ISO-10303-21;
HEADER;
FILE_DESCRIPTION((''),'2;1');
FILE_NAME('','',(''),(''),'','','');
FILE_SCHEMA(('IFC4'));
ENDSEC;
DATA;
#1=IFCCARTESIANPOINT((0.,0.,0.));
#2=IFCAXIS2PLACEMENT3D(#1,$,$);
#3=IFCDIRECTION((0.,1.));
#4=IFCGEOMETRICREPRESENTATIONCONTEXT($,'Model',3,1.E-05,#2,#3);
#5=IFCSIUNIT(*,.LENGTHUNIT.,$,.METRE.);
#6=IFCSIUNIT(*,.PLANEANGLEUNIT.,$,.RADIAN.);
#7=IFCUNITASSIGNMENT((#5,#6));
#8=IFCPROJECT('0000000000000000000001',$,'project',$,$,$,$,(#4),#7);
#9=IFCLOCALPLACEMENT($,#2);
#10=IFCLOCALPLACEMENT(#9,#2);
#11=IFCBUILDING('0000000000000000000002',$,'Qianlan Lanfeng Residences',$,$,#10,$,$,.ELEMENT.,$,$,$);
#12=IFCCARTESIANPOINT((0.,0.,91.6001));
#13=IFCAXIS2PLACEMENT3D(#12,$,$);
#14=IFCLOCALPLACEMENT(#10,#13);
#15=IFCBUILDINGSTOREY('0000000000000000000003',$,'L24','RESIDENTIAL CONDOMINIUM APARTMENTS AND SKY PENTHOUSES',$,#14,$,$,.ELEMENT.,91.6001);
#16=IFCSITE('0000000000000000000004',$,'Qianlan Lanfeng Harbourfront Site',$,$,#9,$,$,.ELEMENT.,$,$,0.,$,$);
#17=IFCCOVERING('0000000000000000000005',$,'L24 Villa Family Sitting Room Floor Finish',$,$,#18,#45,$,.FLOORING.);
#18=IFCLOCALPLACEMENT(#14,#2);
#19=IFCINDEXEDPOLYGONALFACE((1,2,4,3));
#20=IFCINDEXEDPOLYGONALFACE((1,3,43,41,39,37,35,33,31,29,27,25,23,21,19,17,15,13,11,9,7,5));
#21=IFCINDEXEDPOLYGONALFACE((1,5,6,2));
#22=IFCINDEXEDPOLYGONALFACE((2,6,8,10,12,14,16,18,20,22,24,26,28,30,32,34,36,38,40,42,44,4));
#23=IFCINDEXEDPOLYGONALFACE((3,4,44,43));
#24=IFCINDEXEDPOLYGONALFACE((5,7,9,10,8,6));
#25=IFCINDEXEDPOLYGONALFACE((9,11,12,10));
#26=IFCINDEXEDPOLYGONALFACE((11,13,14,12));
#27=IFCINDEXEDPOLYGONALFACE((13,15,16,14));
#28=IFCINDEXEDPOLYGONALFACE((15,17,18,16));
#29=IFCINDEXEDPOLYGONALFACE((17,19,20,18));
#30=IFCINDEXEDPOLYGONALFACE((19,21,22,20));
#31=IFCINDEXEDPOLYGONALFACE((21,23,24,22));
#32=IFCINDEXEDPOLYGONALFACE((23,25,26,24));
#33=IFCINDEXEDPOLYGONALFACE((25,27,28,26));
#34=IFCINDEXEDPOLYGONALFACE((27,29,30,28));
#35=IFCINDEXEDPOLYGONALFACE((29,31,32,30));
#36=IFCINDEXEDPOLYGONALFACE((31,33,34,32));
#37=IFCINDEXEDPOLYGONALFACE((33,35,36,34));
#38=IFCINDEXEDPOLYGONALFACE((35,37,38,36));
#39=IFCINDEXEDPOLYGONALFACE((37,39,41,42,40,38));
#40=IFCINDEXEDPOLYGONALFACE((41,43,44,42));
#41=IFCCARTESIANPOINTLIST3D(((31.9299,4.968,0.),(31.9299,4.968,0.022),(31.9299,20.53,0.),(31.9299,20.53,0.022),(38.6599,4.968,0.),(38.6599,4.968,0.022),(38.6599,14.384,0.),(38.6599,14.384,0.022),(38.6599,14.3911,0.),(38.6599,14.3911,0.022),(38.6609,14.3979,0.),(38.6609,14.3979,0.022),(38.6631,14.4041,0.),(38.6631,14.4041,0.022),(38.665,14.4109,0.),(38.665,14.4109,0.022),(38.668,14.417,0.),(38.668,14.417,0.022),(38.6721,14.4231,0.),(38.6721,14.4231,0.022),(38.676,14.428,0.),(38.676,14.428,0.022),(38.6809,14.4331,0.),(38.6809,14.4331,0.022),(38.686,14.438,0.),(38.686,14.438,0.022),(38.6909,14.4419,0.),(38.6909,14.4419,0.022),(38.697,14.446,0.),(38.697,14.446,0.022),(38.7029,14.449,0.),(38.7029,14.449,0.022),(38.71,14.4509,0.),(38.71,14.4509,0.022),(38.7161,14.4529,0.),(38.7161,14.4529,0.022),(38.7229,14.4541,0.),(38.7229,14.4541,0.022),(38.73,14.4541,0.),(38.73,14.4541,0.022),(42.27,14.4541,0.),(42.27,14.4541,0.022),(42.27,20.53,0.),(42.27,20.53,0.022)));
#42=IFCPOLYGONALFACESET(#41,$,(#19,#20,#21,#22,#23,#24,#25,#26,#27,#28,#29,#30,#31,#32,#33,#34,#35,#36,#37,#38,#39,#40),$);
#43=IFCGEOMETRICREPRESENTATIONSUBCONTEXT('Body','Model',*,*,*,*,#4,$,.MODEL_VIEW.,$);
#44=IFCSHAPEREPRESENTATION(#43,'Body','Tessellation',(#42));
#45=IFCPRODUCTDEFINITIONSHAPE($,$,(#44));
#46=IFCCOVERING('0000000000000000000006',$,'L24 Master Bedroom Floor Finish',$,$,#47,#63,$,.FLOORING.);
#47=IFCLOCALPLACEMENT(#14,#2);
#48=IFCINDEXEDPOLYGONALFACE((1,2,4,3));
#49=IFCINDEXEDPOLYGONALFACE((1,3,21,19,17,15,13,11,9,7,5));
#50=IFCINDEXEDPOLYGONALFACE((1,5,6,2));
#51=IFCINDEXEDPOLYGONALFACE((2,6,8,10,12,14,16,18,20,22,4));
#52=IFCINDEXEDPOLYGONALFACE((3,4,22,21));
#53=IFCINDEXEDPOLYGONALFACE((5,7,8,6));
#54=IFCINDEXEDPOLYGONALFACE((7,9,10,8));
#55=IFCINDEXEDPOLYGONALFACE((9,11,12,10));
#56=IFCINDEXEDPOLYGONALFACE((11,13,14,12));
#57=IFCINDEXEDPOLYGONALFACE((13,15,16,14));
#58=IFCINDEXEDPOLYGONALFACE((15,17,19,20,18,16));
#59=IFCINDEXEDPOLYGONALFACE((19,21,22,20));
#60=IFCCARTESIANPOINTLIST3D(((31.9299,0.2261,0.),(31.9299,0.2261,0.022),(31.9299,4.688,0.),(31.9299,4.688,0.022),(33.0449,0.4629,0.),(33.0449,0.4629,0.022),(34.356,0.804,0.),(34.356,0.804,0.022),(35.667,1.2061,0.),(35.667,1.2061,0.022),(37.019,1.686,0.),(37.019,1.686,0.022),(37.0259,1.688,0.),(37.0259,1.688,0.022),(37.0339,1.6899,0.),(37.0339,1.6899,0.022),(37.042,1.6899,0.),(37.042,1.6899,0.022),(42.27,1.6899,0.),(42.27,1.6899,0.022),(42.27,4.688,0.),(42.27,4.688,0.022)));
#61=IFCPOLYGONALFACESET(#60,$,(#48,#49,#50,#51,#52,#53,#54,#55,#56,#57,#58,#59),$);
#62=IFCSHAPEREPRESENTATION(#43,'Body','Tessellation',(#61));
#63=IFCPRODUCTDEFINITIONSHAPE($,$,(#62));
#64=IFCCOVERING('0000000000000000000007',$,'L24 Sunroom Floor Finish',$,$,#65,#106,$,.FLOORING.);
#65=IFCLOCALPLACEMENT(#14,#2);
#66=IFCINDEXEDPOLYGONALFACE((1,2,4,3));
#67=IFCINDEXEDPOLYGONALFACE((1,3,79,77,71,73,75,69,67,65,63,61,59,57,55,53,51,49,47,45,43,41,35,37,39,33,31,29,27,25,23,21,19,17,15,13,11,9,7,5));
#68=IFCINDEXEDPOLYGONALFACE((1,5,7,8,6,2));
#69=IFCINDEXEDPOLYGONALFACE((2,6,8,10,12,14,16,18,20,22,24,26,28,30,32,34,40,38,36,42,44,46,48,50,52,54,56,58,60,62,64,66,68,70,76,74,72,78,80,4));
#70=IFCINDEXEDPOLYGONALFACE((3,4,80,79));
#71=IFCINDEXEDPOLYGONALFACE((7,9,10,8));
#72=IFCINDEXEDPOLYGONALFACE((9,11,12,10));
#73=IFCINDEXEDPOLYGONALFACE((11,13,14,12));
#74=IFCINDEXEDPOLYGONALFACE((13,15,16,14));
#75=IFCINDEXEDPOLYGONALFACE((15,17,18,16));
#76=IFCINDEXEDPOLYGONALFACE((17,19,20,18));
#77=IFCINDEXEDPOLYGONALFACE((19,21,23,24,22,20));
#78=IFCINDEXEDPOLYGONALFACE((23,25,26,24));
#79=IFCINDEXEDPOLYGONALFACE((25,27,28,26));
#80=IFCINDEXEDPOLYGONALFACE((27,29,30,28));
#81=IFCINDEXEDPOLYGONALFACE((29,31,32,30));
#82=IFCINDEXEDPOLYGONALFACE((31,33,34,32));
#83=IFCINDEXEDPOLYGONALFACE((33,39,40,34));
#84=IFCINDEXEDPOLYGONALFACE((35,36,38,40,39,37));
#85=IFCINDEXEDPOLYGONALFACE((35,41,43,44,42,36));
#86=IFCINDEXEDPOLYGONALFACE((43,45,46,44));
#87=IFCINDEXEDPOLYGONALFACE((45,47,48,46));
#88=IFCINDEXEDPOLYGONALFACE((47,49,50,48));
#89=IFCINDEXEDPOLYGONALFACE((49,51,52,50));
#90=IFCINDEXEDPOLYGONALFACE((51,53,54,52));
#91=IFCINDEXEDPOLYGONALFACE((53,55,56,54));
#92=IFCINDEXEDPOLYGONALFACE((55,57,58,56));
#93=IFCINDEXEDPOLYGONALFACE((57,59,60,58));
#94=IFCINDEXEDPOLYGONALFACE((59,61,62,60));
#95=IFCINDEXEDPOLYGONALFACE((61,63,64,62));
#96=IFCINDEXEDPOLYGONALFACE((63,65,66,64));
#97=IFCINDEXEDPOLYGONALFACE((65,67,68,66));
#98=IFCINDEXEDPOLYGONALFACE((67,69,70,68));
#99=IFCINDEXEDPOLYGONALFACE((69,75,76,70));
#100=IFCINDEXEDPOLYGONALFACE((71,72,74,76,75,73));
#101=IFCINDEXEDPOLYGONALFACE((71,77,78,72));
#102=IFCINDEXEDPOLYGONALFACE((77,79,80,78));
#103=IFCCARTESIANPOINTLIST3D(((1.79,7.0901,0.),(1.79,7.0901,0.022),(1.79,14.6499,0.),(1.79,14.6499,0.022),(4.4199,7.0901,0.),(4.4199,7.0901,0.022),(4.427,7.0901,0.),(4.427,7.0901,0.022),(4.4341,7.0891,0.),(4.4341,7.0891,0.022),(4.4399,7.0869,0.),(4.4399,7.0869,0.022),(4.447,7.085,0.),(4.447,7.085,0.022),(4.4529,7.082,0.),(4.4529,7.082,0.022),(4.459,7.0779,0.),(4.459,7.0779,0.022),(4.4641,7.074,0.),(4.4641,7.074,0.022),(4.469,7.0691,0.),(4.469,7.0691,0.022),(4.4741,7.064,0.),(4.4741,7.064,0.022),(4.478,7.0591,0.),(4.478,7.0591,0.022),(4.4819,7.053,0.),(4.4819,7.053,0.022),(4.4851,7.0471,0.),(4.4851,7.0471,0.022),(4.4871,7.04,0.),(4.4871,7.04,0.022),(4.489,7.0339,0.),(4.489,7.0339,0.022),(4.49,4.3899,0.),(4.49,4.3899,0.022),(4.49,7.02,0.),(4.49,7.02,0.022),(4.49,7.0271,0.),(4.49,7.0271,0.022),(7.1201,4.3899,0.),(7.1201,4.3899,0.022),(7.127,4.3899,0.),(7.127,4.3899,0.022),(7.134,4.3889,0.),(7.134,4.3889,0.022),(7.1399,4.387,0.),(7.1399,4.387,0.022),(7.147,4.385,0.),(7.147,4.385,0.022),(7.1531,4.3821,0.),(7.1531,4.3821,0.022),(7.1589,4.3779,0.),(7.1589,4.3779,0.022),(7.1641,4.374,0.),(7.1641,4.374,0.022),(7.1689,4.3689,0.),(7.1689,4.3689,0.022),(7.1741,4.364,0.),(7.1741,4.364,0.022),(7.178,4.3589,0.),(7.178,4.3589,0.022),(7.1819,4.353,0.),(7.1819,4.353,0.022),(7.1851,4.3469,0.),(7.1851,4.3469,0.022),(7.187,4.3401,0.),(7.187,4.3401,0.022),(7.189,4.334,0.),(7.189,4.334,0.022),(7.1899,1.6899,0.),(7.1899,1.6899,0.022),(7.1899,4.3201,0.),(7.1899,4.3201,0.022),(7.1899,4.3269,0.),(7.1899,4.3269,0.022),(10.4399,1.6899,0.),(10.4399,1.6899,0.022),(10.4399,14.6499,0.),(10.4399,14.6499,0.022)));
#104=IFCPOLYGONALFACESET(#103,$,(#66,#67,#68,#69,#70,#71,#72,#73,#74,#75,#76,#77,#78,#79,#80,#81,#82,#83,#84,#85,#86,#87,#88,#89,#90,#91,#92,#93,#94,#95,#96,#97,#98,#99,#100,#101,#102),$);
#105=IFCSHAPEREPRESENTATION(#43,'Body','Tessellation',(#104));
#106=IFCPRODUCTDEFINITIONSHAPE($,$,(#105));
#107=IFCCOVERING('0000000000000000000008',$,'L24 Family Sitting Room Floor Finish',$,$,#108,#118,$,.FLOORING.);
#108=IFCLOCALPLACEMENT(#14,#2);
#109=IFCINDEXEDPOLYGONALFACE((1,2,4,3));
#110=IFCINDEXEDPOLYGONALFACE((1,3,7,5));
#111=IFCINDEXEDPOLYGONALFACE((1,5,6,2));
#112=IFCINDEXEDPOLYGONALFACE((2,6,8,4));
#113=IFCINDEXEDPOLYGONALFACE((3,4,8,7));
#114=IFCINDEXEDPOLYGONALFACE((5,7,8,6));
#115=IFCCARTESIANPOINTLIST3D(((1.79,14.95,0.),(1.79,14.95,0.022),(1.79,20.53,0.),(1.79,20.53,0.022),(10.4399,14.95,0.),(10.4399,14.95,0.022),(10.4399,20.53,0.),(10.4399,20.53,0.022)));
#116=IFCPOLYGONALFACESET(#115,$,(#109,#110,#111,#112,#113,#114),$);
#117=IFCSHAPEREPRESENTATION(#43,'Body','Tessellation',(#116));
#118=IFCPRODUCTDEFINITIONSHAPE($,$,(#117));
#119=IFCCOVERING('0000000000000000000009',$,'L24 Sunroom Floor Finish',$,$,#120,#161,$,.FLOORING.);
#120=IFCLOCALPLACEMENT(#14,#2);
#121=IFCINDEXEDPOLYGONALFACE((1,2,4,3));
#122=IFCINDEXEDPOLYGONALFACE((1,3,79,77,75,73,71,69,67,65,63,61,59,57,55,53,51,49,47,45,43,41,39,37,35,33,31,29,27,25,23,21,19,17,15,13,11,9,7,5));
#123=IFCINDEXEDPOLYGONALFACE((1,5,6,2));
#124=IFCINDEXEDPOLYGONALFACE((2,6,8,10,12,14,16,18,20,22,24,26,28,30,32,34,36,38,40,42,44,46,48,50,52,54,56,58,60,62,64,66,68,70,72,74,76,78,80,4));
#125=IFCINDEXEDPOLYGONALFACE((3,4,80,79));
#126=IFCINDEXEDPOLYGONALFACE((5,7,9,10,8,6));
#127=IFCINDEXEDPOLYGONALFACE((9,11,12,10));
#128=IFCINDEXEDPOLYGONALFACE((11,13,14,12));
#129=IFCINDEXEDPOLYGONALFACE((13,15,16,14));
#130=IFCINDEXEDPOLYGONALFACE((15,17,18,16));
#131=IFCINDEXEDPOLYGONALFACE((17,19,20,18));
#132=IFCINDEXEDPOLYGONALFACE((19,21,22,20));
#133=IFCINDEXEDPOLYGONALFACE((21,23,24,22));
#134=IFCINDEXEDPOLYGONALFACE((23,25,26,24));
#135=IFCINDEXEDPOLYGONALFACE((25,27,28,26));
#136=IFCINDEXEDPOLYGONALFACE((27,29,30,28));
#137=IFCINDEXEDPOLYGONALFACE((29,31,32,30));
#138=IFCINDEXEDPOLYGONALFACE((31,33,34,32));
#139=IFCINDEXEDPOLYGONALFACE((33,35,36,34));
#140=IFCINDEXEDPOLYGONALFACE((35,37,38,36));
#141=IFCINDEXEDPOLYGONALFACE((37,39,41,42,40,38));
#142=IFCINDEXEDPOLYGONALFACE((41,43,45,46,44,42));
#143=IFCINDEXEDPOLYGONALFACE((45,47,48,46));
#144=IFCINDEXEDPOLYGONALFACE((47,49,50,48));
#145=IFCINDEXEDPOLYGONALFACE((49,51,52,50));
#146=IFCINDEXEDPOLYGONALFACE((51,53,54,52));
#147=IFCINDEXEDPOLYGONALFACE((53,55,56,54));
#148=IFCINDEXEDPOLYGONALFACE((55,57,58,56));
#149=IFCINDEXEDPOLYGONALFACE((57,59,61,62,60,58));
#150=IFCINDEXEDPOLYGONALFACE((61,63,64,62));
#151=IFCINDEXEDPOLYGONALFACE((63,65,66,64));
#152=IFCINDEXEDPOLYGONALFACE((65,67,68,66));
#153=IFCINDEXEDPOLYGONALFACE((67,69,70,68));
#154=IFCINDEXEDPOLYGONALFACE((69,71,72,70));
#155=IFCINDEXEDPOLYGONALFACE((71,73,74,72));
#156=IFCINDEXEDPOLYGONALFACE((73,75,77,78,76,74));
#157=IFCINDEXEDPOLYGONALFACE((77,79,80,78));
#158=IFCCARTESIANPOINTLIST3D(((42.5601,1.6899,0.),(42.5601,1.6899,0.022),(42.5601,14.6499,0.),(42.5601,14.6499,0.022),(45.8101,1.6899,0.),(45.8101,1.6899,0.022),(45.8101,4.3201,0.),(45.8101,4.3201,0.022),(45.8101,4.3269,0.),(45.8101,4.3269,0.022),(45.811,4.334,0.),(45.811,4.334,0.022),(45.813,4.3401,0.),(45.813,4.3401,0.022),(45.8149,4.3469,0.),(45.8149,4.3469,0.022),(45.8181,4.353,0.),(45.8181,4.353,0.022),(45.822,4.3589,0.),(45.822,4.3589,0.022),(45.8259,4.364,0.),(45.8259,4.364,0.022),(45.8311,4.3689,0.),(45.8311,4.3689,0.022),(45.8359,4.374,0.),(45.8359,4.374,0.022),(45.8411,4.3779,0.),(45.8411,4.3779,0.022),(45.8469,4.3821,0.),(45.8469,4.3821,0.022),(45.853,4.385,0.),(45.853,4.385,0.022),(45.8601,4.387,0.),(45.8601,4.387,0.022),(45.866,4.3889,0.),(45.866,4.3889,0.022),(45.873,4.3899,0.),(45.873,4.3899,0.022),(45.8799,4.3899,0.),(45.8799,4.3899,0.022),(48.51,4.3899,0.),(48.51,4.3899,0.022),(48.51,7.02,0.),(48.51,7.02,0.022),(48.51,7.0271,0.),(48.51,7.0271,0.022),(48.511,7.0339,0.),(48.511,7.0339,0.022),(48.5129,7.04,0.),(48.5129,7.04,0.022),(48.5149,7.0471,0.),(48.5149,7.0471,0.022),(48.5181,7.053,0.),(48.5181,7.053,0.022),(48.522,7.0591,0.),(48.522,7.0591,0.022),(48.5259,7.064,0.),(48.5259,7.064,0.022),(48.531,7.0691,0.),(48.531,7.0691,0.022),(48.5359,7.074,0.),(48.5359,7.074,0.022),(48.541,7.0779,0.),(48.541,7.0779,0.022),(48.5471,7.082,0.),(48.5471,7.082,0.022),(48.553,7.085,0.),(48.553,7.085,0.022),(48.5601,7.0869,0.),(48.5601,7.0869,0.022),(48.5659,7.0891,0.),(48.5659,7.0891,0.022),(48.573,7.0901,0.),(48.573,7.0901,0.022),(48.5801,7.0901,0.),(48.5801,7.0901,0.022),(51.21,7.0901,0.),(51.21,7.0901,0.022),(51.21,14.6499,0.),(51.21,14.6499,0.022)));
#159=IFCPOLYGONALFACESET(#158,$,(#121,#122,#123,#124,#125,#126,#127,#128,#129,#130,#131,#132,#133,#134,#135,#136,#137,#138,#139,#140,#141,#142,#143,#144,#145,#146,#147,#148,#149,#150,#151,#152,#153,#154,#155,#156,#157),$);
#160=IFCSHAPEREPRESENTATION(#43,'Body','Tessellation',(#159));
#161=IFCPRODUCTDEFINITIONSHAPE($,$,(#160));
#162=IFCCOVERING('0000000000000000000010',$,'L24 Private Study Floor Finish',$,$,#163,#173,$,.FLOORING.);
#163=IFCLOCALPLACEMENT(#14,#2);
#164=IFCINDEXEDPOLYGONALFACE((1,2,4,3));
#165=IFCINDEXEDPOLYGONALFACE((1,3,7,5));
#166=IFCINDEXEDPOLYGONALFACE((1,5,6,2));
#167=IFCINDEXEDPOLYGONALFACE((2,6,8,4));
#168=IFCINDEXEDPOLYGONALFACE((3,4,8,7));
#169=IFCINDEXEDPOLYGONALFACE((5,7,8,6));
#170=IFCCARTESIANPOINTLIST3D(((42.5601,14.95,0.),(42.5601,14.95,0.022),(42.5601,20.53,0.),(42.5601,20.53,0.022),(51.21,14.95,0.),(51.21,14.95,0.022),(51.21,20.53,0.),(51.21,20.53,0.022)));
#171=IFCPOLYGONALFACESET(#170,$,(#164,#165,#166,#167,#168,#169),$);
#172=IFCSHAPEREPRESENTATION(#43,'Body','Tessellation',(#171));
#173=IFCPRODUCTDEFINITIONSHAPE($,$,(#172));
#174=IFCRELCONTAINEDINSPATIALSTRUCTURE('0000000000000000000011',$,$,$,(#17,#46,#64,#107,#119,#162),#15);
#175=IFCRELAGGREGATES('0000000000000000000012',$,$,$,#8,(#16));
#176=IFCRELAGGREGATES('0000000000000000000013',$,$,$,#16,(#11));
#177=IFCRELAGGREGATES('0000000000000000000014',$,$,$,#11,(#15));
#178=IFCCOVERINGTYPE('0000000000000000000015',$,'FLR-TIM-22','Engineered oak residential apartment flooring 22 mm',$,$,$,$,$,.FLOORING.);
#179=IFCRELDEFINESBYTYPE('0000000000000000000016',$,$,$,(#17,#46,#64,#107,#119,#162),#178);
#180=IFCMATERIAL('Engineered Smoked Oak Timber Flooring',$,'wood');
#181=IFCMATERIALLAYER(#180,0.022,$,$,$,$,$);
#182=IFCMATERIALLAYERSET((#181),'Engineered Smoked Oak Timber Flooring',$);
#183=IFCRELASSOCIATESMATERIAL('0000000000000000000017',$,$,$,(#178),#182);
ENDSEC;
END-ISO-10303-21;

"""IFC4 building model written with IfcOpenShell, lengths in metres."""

from ifc_helpers import new_model, si_unit, direction, frame, origin, place, context, subcontext, project, spatial, polyline, outline, extrude, material, layer, layer_set, type_object, element, save


model = new_model("IFC4")

# Units and contexts
model_context = context("Model", 3, precision=1e-05, world=origin(), true_north=direction((0.0, 1.0)))
body_context = subcontext(model_context, "Body", "Model", "MODEL_VIEW")
ifc_project = project(units=[si_unit("LENGTHUNIT", "METRE"), si_unit("PLANEANGLEUNIT", "RADIAN")], contexts=[model_context])

# Site, building, storey
site_placement = place(None, origin())
site = spatial("IfcSite", under=ifc_project, at=site_placement, Name="Qianlan Lanfeng Harbourfront Site", CompositionType="ELEMENT", RefElevation=0.0)
building_placement = place(site_placement, origin())
building = spatial("IfcBuilding", under=site, at=building_placement, Name="Qianlan Lanfeng Residences", CompositionType="ELEMENT")
storey_placement = place(building_placement, frame((0.0, 0.0, 91.6001)))
storey = spatial("IfcBuildingStorey", under=building, at=storey_placement, Name="L24", Description="RESIDENTIAL CONDOMINIUM APARTMENTS AND SKY PENTHOUSES", CompositionType="ELEMENT", Elevation=91.6001)

# Coverings
ifc_material_1 = material(Name="Engineered Smoked Oak Timber Flooring", Category="wood")
ifc_layer_1 = layer(ifc_material_1, 0.022)
ifc_layer_set_1 = layer_set([ifc_layer_1], Name="Engineered Smoked Oak Timber Flooring")
covering_type_1 = type_object("IfcCoveringType", Name="FLR-TIM-22", Description="Engineered oak residential apartment flooring 22 mm", PredefinedType="FLOORING", material=ifc_layer_set_1)
covering_1_placement = place(storey_placement, origin())
element("IfcCovering", 1, at=covering_1_placement, inside=storey, type_object=covering_type_1, Name="L24 Villa Family Sitting Room Floor Finish", PredefinedType="FLOORING", context=body_context, shape_type="SweptSolid", body=[
    extrude(outline(polyline([(31.9299, 4.968), (38.6599, 4.968), (38.6599, 14.384), (38.6599, 14.3911), (38.6609, 14.3979), (38.6631, 14.4041), (38.665, 14.4109), (38.668, 14.417), (38.6721, 14.4231), (38.676, 14.428), (38.6809, 14.4331), (38.686, 14.438), (38.6909, 14.4419), (38.697, 14.446), (38.7029, 14.449), (38.71, 14.4509), (38.7161, 14.4529), (38.7229, 14.4541), (38.73, 14.4541), (42.27, 14.4541), (42.27, 20.53), (31.9299, 20.53), (31.9299, 4.968)])), origin(), (0.0, 0.0, 1.0), 0.022),
])
covering_2_placement = place(storey_placement, origin())
element("IfcCovering", 2, at=covering_2_placement, inside=storey, type_object=covering_type_1, Name="L24 Master Bedroom Floor Finish", PredefinedType="FLOORING", context=body_context, shape_type="SweptSolid", body=[
    extrude(outline(polyline([(31.9299, 4.688), (31.9299, 0.2261), (33.0449, 0.4629), (34.356, 0.804), (35.667, 1.2061), (37.019, 1.686), (37.0259, 1.688), (37.0339, 1.6899), (37.042, 1.6899), (42.27, 1.6899), (42.27, 4.688), (31.9299, 4.688)])), origin(), (0.0, 0.0, 1.0), 0.022),
])
covering_3_placement = place(storey_placement, origin())
element("IfcCovering", 3, at=covering_3_placement, inside=storey, type_object=covering_type_1, Name="L24 Sunroom Floor Finish", PredefinedType="FLOORING", context=body_context, shape_type="SweptSolid", body=[
    extrude(outline(polyline([(10.4399, 14.6499), (1.79, 14.6499), (1.79, 7.0901), (4.4199, 7.0901), (4.427, 7.0901), (4.4341, 7.0891), (4.4399, 7.0869), (4.447, 7.085), (4.4529, 7.082), (4.459, 7.0779), (4.4641, 7.074), (4.469, 7.0691), (4.4741, 7.064), (4.478, 7.0591), (4.4819, 7.053), (4.4851, 7.0471), (4.4871, 7.04), (4.489, 7.0339), (4.49, 7.0271), (4.49, 7.02), (4.49, 4.3899), (7.1201, 4.3899), (7.127, 4.3899), (7.134, 4.3889), (7.1399, 4.387), (7.147, 4.385), (7.1531, 4.3821), (7.1589, 4.3779), (7.1641, 4.374), (7.1689, 4.3689), (7.1741, 4.364), (7.178, 4.3589), (7.1819, 4.353), (7.1851, 4.3469), (7.187, 4.3401), (7.189, 4.334), (7.1899, 4.3269), (7.1899, 4.3201), (7.1899, 1.6899), (10.4399, 1.6899), (10.4399, 14.6499)])), origin(), (0.0, 0.0, 1.0), 0.022),
])
covering_4_placement = place(storey_placement, origin())
element("IfcCovering", 4, at=covering_4_placement, inside=storey, type_object=covering_type_1, Name="L24 Family Sitting Room Floor Finish", PredefinedType="FLOORING", context=body_context, shape_type="SweptSolid", body=[
    extrude(outline(polyline([(10.4399, 20.53), (1.79, 20.53), (1.79, 14.95), (10.4399, 14.95), (10.4399, 20.53)])), origin(), (0.0, 0.0, 1.0), 0.022),
])
covering_5_placement = place(storey_placement, origin())
element("IfcCovering", 5, at=covering_5_placement, inside=storey, type_object=covering_type_1, Name="L24 Sunroom Floor Finish", PredefinedType="FLOORING", context=body_context, shape_type="SweptSolid", body=[
    extrude(outline(polyline([(51.21, 14.6499), (42.5601, 14.6499), (42.5601, 1.6899), (45.8101, 1.6899), (45.8101, 4.3201), (45.8101, 4.3269), (45.811, 4.334), (45.813, 4.3401), (45.8149, 4.3469), (45.8181, 4.353), (45.822, 4.3589), (45.8259, 4.364), (45.8311, 4.3689), (45.8359, 4.374), (45.8411, 4.3779), (45.8469, 4.3821), (45.853, 4.385), (45.8601, 4.387), (45.866, 4.3889), (45.873, 4.3899), (45.8799, 4.3899), (48.51, 4.3899), (48.51, 7.02), (48.51, 7.0271), (48.511, 7.0339), (48.5129, 7.04), (48.5149, 7.0471), (48.5181, 7.053), (48.522, 7.0591), (48.5259, 7.064), (48.531, 7.0691), (48.5359, 7.074), (48.541, 7.0779), (48.5471, 7.082), (48.553, 7.085), (48.5601, 7.0869), (48.5659, 7.0891), (48.573, 7.0901), (48.5801, 7.0901), (51.21, 7.0901), (51.21, 14.6499)])), origin(), (0.0, 0.0, 1.0), 0.022),
])
covering_6_placement = place(storey_placement, origin())
element("IfcCovering", 6, at=covering_6_placement, inside=storey, type_object=covering_type_1, Name="L24 Private Study Floor Finish", PredefinedType="FLOORING", context=body_context, shape_type="SweptSolid", body=[
    extrude(outline(polyline([(51.21, 20.53), (42.5601, 20.53), (42.5601, 14.95), (51.21, 14.95), (51.21, 20.53)])), origin(), (0.0, 0.0, 1.0), 0.022),
])

save(model, "model.ifc")
